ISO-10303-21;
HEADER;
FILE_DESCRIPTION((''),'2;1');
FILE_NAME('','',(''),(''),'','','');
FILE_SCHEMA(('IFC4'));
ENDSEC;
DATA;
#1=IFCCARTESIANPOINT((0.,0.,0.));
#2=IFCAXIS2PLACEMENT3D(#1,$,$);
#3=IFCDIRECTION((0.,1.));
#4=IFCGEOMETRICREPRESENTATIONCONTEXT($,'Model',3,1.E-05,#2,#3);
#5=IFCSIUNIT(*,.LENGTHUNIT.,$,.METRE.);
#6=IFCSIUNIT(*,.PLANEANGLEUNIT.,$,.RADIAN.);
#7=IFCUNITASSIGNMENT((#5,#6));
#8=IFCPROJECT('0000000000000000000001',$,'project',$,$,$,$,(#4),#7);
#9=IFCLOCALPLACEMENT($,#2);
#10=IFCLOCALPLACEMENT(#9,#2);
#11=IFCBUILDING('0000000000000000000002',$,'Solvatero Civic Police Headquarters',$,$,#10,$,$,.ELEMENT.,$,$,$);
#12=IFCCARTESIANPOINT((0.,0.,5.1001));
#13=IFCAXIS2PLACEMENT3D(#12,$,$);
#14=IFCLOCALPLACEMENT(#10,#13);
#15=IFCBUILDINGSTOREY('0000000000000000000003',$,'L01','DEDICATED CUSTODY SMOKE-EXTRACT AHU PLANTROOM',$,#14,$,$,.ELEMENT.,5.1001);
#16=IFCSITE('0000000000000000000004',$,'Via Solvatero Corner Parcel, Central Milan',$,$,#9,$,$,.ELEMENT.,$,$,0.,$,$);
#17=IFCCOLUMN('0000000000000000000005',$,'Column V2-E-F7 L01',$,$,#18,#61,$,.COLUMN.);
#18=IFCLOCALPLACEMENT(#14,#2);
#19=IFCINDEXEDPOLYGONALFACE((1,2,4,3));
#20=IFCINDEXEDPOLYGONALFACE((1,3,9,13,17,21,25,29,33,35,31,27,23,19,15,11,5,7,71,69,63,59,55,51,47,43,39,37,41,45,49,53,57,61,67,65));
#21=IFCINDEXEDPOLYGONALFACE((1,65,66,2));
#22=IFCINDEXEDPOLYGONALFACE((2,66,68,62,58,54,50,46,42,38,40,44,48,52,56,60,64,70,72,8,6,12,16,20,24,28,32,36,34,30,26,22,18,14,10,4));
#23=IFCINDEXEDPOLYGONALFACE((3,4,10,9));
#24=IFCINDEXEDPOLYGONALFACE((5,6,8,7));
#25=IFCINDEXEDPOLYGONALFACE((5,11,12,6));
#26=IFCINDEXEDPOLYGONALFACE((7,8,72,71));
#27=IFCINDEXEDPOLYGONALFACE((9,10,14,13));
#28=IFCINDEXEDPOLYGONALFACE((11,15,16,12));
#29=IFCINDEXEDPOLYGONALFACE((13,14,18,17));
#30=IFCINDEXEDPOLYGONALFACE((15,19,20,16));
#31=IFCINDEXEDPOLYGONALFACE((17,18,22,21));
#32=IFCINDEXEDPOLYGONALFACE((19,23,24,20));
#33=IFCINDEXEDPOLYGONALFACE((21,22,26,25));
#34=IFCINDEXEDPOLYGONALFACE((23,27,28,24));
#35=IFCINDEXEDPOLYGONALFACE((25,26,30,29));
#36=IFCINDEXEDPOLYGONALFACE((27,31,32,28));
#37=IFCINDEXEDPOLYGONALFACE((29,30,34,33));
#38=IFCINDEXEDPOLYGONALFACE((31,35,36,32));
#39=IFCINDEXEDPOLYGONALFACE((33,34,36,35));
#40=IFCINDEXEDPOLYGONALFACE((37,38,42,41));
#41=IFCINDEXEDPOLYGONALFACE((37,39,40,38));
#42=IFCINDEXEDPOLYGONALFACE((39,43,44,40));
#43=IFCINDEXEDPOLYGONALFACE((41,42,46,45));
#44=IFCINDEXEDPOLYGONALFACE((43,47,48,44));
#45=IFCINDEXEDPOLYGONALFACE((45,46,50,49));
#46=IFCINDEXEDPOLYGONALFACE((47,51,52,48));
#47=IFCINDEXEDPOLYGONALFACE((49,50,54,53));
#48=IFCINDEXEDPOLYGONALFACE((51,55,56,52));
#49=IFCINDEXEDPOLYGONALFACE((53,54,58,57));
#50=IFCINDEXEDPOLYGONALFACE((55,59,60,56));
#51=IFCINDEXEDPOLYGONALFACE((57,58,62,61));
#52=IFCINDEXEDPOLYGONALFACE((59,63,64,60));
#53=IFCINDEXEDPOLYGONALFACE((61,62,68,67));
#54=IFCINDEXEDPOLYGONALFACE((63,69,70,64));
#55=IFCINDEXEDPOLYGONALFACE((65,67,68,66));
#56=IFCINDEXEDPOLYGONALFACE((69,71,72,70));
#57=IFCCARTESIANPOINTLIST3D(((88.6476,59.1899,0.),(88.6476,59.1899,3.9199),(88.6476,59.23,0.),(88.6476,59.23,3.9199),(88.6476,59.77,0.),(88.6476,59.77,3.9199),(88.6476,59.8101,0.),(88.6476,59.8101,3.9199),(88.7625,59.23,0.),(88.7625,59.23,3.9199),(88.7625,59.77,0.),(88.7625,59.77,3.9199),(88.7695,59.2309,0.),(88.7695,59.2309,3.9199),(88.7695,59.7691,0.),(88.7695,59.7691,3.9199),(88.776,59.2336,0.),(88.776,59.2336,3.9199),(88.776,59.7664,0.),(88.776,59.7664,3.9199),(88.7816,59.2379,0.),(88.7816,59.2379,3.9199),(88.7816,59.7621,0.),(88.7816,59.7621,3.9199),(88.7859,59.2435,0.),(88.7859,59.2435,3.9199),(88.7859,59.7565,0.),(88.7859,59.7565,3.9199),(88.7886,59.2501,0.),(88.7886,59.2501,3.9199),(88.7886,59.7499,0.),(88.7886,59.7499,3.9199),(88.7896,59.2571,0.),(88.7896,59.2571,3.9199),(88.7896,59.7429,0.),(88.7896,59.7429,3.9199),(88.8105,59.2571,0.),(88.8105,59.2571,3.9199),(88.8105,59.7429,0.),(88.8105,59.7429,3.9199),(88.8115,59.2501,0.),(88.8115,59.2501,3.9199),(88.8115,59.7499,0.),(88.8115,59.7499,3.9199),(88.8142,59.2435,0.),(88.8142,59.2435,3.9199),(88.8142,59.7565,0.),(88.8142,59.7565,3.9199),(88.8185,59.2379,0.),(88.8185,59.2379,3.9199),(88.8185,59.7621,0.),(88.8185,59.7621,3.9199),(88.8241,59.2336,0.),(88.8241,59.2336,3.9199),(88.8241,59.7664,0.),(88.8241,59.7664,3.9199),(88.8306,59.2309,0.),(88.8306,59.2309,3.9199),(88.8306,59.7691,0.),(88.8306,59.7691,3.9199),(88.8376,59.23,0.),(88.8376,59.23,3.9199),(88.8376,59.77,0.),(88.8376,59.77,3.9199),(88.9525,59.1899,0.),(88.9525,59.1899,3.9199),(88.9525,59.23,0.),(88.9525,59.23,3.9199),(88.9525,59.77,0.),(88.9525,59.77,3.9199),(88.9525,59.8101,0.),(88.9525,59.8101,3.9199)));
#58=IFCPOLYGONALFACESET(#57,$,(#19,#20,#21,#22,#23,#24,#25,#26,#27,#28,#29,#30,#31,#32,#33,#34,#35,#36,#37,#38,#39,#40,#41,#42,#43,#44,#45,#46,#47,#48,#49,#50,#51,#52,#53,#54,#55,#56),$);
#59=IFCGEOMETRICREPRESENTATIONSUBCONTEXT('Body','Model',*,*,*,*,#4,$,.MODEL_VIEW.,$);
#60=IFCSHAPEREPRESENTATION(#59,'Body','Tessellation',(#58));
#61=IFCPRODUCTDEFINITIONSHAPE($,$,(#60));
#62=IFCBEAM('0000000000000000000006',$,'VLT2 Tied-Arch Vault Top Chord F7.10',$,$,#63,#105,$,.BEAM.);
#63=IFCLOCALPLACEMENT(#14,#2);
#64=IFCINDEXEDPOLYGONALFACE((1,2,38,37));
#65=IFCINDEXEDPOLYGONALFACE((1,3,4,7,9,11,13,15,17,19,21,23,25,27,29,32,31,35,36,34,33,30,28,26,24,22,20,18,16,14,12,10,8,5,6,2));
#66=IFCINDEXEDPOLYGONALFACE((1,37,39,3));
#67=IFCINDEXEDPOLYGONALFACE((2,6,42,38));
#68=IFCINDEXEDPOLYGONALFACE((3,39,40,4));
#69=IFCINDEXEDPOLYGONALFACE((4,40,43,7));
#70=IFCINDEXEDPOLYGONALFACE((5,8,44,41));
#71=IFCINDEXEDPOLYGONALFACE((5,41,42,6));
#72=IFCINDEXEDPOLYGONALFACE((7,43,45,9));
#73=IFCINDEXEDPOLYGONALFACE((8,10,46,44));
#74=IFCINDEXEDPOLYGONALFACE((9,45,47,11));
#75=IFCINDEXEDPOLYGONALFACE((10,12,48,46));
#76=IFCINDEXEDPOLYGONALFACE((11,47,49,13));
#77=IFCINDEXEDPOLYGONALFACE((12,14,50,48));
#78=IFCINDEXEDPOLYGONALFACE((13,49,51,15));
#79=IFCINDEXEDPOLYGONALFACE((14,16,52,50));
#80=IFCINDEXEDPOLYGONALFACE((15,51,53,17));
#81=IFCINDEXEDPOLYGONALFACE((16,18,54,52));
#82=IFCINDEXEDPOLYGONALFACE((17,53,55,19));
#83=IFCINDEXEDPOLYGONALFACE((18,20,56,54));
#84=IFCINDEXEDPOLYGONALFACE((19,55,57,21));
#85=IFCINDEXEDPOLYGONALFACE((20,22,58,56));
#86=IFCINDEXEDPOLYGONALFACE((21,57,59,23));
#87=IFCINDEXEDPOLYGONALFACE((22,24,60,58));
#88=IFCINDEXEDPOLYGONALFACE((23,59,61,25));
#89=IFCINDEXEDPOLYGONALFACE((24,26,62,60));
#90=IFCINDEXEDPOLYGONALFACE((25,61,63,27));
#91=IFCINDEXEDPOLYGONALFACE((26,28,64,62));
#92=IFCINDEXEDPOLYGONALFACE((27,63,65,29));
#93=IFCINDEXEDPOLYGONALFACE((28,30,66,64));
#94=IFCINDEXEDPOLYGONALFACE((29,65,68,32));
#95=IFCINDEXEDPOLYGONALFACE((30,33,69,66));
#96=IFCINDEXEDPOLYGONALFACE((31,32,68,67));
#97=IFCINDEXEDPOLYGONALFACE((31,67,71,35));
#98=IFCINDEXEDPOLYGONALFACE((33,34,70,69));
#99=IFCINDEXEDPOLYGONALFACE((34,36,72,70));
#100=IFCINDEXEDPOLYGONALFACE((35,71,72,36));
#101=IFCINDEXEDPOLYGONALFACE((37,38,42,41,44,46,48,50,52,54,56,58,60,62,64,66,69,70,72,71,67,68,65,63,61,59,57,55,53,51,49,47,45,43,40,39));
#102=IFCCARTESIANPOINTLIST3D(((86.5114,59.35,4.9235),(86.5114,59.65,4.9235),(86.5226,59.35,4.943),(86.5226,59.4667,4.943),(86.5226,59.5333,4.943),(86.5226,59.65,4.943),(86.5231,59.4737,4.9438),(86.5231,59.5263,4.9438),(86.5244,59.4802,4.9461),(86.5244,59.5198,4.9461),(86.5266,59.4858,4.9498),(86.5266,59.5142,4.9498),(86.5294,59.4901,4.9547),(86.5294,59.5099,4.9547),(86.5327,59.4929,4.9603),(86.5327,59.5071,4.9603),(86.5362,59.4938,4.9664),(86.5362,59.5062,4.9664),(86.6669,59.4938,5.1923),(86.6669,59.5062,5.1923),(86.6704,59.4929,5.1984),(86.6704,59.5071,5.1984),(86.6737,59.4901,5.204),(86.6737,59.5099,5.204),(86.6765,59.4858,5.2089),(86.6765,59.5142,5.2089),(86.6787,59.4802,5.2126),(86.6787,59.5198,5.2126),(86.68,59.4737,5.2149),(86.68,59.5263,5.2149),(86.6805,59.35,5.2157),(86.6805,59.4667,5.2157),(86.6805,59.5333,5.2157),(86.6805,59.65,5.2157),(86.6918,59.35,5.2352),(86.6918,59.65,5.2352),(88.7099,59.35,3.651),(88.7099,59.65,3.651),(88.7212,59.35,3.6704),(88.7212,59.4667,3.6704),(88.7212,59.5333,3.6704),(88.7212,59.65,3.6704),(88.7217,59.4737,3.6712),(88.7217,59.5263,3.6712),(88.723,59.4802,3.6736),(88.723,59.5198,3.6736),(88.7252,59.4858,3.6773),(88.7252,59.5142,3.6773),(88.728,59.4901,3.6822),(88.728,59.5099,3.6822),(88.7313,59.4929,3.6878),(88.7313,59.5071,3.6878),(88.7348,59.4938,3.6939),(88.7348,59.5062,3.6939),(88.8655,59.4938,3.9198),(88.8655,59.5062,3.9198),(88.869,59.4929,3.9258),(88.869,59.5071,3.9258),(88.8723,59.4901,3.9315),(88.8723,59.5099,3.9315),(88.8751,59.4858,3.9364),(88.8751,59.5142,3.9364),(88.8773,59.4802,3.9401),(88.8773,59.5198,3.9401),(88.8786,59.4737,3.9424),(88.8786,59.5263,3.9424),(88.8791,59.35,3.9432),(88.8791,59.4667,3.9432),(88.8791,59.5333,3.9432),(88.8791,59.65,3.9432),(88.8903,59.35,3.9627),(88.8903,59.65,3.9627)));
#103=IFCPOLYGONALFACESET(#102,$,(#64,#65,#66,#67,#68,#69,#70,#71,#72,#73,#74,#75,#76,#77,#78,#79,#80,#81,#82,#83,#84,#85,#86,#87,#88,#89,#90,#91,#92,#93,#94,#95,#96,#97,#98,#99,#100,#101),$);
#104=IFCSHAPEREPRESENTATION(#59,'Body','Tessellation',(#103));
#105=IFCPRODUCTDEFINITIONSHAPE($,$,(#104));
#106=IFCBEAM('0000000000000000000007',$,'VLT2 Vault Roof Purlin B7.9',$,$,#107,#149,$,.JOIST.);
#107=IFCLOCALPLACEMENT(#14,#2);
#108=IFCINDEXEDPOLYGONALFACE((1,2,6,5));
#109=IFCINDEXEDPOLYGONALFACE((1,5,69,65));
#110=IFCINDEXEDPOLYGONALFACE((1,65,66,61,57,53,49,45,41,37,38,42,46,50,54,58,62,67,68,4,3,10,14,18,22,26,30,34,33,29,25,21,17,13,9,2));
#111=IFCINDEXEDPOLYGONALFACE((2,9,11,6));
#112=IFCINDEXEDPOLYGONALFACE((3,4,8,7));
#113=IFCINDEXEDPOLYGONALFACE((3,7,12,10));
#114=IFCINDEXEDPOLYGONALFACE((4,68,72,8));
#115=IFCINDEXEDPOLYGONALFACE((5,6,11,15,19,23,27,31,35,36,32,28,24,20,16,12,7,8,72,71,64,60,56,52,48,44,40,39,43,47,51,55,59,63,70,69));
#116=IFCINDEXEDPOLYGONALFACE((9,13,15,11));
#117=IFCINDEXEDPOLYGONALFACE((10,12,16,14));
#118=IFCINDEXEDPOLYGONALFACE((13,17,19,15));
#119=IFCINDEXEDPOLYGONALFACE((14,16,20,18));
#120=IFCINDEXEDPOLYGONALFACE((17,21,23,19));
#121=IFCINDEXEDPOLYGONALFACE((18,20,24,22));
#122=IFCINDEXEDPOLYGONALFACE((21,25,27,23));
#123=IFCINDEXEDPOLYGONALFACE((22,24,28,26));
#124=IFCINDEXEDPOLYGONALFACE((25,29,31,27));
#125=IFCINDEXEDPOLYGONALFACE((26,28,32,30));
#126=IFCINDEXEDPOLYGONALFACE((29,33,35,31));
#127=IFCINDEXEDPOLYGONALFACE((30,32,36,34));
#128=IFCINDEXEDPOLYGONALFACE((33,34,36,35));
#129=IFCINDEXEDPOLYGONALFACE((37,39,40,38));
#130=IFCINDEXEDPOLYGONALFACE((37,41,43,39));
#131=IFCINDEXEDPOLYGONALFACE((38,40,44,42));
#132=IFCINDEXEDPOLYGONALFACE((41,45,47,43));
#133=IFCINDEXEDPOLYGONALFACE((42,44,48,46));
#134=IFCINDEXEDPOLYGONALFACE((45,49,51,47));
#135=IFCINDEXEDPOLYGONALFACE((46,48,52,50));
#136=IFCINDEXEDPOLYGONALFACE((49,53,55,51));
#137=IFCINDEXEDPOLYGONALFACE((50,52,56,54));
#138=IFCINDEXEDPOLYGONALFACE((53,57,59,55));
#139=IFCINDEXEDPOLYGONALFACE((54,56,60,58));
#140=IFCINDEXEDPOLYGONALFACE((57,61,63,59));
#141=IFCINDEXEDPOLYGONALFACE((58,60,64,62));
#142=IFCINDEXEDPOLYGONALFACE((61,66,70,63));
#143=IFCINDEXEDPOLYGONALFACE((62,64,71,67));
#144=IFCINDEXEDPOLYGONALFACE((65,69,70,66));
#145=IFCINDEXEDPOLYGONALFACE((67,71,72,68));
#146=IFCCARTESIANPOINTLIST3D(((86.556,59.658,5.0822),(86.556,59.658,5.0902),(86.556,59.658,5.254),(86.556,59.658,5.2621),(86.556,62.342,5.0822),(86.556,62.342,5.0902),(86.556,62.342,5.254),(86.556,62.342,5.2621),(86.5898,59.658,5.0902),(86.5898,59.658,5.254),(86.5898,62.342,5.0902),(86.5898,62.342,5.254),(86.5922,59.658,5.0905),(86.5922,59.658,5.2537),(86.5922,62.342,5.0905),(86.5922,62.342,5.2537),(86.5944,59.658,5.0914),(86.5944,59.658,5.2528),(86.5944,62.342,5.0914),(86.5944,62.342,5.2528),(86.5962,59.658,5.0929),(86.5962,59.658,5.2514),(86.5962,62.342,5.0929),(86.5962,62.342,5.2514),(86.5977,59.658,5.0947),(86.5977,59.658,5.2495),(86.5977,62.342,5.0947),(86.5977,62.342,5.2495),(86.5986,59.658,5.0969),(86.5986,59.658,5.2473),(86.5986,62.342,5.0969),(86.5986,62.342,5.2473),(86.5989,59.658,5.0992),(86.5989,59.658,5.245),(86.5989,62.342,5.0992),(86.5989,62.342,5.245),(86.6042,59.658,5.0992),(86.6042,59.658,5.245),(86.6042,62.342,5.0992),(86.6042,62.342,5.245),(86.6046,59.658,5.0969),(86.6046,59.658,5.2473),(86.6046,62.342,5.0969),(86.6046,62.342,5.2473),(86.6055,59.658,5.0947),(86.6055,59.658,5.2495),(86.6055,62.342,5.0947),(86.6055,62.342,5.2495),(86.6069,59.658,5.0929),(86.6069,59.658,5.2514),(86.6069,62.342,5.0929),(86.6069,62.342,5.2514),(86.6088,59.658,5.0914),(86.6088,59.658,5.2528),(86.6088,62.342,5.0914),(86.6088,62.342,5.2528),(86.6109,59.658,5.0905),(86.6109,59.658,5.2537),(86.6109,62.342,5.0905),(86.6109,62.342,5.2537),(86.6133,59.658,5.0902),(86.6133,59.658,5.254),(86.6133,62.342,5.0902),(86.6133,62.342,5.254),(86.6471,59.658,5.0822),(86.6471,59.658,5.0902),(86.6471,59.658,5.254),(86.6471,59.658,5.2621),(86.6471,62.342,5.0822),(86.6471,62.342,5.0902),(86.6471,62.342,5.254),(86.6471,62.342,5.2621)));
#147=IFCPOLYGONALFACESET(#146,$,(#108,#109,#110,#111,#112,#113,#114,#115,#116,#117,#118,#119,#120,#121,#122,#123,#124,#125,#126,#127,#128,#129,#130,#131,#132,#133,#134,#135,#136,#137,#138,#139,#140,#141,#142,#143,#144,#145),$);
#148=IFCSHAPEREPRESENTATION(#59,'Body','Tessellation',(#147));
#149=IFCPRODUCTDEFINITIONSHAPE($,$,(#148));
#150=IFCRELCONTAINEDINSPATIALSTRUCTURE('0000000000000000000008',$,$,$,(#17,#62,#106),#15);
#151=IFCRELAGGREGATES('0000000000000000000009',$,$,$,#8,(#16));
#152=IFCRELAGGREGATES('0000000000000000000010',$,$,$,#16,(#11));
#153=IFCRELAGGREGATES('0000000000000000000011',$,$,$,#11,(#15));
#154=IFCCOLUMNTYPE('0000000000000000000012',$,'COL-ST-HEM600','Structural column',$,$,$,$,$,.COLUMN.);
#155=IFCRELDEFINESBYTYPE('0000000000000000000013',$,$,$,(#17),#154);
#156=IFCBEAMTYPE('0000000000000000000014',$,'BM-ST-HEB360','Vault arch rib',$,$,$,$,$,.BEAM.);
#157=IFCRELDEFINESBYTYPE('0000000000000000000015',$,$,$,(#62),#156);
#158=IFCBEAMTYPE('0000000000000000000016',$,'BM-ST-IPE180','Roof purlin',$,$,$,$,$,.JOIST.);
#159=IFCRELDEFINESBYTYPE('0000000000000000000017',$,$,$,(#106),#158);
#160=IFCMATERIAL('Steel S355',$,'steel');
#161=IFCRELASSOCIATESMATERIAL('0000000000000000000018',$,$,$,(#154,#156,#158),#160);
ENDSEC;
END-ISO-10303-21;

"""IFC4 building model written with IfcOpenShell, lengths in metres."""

from ifc_helpers import new_model, si_unit, direction, frame, origin, origin_2d, place, context, subcontext, project, spatial, i_section, extrude, material, material_profile, profile_set, type_object, element, save


model = new_model("IFC4")

# Units and contexts
model_context = context("Model", 3, precision=1e-05, world=origin(), true_north=direction((0.0, 1.0)))
body_context = subcontext(model_context, "Body", "Model", "MODEL_VIEW")
ifc_project = project(units=[si_unit("LENGTHUNIT", "METRE"), si_unit("PLANEANGLEUNIT", "RADIAN")], contexts=[model_context])

# Site, building, storey
site_placement = place(None, origin())
site = spatial("IfcSite", under=ifc_project, at=site_placement, Name="Via Solvatero Corner Parcel, Central Milan", CompositionType="ELEMENT", RefElevation=0.0)
building_placement = place(site_placement, origin())
building = spatial("IfcBuilding", under=site, at=building_placement, Name="Solvatero Civic Police Headquarters", CompositionType="ELEMENT")
storey_placement = place(building_placement, frame((0.0, 0.0, 5.1001)))
storey = spatial("IfcBuildingStorey", under=building, at=storey_placement, Name="L01", Description="DEDICATED CUSTODY SMOKE-EXTRACT AHU PLANTROOM", CompositionType="ELEMENT", Elevation=5.1001)

# Column
ifc_material_1 = material(Name="Steel S355", Category="steel")
ifc_material_profile_1 = material_profile(ifc_material_1, i_section(OverallWidth=0.3049, OverallDepth=0.6201, WebThickness=0.021, FlangeThickness=0.04, FilletRadius=0.0271, at=origin_2d()), Name="HEM 600")
ifc_profile_set_1 = profile_set([ifc_material_profile_1], Name="Steel S355")
column_type = type_object("IfcColumnType", Name="COL-ST-HEM600", Description="Structural column", PredefinedType="COLUMN", material=ifc_profile_set_1)
column_placement = place(storey_placement, frame((88.8, 59.5, 0.0), z_axis=(0.0, 0.0, 1.0), x_axis=(1.0, 0.0, 0.0)))
element("IfcColumn", 1, at=column_placement, inside=storey, type_object=column_type, Name="Column V2-E-F7 L01", PredefinedType="COLUMN", context=body_context, shape_type="SweptSolid", body=[
    extrude(i_section(OverallWidth=0.3049, OverallDepth=0.6201, WebThickness=0.021, FlangeThickness=0.04, FilletRadius=0.0271, at=origin_2d()), origin(), (0.0, 0.0, 1.0), 3.9199),
])

# Beams
ifc_material_profile_2 = material_profile(ifc_material_1, i_section(OverallWidth=0.3, OverallDepth=0.3601, WebThickness=0.0125, FlangeThickness=0.0225, FilletRadius=0.0271, at=origin_2d()), Name="HEB 360")
ifc_profile_set_2 = profile_set([ifc_material_profile_2], Name="Steel S355")
beam_type_1 = type_object("IfcBeamType", Name="BM-ST-HEB360", Description="Vault arch rib", PredefinedType="BEAM", material=ifc_profile_set_2)
beam_1_placement = place(storey_placement, frame((86.6016, 59.5, 5.0793), z_axis=(0.865486, 0.0, -0.500934), x_axis=(0.0, 1.0, 0.0)))
element("IfcBeam", 2, at=beam_1_placement, inside=storey, type_object=beam_type_1, Name="VLT2 Tied-Arch Vault Top Chord F7.10", PredefinedType="BEAM", context=body_context, shape_type="SweptSolid", body=[
    extrude(i_section(OverallWidth=0.3, OverallDepth=0.3601, WebThickness=0.0125, FlangeThickness=0.0225, FilletRadius=0.0271, at=origin_2d()), origin(), (0.0, 0.0, 1.0), 2.5403),
])
ifc_material_profile_3 = material_profile(ifc_material_1, i_section(OverallWidth=0.0911, OverallDepth=0.1799, WebThickness=0.0054, FlangeThickness=0.0081, FilletRadius=0.009, at=origin_2d()), Name="IPE 180")
ifc_profile_set_3 = profile_set([ifc_material_profile_3], Name="Steel S355")
beam_type_2 = type_object("IfcBeamType", Name="BM-ST-IPE180", Description="Roof purlin", PredefinedType="JOIST", material=ifc_profile_set_3)
beam_2_placement = place(storey_placement, frame((86.6016, 59.658, 5.1721), z_axis=(0.0, 1.0, 0.0), x_axis=(-1.0, 0.0, 0.0)))
element("IfcBeam", 3, at=beam_2_placement, inside=storey, type_object=beam_type_2, Name="VLT2 Vault Roof Purlin B7.9", PredefinedType="JOIST", context=body_context, shape_type="SweptSolid", body=[
    extrude(i_section(OverallWidth=0.0911, OverallDepth=0.1799, WebThickness=0.0054, FlangeThickness=0.0081, FilletRadius=0.009, at=origin_2d()), origin(), (0.0, 0.0, 1.0), 2.6841),
])

save(model, "model.ifc")
